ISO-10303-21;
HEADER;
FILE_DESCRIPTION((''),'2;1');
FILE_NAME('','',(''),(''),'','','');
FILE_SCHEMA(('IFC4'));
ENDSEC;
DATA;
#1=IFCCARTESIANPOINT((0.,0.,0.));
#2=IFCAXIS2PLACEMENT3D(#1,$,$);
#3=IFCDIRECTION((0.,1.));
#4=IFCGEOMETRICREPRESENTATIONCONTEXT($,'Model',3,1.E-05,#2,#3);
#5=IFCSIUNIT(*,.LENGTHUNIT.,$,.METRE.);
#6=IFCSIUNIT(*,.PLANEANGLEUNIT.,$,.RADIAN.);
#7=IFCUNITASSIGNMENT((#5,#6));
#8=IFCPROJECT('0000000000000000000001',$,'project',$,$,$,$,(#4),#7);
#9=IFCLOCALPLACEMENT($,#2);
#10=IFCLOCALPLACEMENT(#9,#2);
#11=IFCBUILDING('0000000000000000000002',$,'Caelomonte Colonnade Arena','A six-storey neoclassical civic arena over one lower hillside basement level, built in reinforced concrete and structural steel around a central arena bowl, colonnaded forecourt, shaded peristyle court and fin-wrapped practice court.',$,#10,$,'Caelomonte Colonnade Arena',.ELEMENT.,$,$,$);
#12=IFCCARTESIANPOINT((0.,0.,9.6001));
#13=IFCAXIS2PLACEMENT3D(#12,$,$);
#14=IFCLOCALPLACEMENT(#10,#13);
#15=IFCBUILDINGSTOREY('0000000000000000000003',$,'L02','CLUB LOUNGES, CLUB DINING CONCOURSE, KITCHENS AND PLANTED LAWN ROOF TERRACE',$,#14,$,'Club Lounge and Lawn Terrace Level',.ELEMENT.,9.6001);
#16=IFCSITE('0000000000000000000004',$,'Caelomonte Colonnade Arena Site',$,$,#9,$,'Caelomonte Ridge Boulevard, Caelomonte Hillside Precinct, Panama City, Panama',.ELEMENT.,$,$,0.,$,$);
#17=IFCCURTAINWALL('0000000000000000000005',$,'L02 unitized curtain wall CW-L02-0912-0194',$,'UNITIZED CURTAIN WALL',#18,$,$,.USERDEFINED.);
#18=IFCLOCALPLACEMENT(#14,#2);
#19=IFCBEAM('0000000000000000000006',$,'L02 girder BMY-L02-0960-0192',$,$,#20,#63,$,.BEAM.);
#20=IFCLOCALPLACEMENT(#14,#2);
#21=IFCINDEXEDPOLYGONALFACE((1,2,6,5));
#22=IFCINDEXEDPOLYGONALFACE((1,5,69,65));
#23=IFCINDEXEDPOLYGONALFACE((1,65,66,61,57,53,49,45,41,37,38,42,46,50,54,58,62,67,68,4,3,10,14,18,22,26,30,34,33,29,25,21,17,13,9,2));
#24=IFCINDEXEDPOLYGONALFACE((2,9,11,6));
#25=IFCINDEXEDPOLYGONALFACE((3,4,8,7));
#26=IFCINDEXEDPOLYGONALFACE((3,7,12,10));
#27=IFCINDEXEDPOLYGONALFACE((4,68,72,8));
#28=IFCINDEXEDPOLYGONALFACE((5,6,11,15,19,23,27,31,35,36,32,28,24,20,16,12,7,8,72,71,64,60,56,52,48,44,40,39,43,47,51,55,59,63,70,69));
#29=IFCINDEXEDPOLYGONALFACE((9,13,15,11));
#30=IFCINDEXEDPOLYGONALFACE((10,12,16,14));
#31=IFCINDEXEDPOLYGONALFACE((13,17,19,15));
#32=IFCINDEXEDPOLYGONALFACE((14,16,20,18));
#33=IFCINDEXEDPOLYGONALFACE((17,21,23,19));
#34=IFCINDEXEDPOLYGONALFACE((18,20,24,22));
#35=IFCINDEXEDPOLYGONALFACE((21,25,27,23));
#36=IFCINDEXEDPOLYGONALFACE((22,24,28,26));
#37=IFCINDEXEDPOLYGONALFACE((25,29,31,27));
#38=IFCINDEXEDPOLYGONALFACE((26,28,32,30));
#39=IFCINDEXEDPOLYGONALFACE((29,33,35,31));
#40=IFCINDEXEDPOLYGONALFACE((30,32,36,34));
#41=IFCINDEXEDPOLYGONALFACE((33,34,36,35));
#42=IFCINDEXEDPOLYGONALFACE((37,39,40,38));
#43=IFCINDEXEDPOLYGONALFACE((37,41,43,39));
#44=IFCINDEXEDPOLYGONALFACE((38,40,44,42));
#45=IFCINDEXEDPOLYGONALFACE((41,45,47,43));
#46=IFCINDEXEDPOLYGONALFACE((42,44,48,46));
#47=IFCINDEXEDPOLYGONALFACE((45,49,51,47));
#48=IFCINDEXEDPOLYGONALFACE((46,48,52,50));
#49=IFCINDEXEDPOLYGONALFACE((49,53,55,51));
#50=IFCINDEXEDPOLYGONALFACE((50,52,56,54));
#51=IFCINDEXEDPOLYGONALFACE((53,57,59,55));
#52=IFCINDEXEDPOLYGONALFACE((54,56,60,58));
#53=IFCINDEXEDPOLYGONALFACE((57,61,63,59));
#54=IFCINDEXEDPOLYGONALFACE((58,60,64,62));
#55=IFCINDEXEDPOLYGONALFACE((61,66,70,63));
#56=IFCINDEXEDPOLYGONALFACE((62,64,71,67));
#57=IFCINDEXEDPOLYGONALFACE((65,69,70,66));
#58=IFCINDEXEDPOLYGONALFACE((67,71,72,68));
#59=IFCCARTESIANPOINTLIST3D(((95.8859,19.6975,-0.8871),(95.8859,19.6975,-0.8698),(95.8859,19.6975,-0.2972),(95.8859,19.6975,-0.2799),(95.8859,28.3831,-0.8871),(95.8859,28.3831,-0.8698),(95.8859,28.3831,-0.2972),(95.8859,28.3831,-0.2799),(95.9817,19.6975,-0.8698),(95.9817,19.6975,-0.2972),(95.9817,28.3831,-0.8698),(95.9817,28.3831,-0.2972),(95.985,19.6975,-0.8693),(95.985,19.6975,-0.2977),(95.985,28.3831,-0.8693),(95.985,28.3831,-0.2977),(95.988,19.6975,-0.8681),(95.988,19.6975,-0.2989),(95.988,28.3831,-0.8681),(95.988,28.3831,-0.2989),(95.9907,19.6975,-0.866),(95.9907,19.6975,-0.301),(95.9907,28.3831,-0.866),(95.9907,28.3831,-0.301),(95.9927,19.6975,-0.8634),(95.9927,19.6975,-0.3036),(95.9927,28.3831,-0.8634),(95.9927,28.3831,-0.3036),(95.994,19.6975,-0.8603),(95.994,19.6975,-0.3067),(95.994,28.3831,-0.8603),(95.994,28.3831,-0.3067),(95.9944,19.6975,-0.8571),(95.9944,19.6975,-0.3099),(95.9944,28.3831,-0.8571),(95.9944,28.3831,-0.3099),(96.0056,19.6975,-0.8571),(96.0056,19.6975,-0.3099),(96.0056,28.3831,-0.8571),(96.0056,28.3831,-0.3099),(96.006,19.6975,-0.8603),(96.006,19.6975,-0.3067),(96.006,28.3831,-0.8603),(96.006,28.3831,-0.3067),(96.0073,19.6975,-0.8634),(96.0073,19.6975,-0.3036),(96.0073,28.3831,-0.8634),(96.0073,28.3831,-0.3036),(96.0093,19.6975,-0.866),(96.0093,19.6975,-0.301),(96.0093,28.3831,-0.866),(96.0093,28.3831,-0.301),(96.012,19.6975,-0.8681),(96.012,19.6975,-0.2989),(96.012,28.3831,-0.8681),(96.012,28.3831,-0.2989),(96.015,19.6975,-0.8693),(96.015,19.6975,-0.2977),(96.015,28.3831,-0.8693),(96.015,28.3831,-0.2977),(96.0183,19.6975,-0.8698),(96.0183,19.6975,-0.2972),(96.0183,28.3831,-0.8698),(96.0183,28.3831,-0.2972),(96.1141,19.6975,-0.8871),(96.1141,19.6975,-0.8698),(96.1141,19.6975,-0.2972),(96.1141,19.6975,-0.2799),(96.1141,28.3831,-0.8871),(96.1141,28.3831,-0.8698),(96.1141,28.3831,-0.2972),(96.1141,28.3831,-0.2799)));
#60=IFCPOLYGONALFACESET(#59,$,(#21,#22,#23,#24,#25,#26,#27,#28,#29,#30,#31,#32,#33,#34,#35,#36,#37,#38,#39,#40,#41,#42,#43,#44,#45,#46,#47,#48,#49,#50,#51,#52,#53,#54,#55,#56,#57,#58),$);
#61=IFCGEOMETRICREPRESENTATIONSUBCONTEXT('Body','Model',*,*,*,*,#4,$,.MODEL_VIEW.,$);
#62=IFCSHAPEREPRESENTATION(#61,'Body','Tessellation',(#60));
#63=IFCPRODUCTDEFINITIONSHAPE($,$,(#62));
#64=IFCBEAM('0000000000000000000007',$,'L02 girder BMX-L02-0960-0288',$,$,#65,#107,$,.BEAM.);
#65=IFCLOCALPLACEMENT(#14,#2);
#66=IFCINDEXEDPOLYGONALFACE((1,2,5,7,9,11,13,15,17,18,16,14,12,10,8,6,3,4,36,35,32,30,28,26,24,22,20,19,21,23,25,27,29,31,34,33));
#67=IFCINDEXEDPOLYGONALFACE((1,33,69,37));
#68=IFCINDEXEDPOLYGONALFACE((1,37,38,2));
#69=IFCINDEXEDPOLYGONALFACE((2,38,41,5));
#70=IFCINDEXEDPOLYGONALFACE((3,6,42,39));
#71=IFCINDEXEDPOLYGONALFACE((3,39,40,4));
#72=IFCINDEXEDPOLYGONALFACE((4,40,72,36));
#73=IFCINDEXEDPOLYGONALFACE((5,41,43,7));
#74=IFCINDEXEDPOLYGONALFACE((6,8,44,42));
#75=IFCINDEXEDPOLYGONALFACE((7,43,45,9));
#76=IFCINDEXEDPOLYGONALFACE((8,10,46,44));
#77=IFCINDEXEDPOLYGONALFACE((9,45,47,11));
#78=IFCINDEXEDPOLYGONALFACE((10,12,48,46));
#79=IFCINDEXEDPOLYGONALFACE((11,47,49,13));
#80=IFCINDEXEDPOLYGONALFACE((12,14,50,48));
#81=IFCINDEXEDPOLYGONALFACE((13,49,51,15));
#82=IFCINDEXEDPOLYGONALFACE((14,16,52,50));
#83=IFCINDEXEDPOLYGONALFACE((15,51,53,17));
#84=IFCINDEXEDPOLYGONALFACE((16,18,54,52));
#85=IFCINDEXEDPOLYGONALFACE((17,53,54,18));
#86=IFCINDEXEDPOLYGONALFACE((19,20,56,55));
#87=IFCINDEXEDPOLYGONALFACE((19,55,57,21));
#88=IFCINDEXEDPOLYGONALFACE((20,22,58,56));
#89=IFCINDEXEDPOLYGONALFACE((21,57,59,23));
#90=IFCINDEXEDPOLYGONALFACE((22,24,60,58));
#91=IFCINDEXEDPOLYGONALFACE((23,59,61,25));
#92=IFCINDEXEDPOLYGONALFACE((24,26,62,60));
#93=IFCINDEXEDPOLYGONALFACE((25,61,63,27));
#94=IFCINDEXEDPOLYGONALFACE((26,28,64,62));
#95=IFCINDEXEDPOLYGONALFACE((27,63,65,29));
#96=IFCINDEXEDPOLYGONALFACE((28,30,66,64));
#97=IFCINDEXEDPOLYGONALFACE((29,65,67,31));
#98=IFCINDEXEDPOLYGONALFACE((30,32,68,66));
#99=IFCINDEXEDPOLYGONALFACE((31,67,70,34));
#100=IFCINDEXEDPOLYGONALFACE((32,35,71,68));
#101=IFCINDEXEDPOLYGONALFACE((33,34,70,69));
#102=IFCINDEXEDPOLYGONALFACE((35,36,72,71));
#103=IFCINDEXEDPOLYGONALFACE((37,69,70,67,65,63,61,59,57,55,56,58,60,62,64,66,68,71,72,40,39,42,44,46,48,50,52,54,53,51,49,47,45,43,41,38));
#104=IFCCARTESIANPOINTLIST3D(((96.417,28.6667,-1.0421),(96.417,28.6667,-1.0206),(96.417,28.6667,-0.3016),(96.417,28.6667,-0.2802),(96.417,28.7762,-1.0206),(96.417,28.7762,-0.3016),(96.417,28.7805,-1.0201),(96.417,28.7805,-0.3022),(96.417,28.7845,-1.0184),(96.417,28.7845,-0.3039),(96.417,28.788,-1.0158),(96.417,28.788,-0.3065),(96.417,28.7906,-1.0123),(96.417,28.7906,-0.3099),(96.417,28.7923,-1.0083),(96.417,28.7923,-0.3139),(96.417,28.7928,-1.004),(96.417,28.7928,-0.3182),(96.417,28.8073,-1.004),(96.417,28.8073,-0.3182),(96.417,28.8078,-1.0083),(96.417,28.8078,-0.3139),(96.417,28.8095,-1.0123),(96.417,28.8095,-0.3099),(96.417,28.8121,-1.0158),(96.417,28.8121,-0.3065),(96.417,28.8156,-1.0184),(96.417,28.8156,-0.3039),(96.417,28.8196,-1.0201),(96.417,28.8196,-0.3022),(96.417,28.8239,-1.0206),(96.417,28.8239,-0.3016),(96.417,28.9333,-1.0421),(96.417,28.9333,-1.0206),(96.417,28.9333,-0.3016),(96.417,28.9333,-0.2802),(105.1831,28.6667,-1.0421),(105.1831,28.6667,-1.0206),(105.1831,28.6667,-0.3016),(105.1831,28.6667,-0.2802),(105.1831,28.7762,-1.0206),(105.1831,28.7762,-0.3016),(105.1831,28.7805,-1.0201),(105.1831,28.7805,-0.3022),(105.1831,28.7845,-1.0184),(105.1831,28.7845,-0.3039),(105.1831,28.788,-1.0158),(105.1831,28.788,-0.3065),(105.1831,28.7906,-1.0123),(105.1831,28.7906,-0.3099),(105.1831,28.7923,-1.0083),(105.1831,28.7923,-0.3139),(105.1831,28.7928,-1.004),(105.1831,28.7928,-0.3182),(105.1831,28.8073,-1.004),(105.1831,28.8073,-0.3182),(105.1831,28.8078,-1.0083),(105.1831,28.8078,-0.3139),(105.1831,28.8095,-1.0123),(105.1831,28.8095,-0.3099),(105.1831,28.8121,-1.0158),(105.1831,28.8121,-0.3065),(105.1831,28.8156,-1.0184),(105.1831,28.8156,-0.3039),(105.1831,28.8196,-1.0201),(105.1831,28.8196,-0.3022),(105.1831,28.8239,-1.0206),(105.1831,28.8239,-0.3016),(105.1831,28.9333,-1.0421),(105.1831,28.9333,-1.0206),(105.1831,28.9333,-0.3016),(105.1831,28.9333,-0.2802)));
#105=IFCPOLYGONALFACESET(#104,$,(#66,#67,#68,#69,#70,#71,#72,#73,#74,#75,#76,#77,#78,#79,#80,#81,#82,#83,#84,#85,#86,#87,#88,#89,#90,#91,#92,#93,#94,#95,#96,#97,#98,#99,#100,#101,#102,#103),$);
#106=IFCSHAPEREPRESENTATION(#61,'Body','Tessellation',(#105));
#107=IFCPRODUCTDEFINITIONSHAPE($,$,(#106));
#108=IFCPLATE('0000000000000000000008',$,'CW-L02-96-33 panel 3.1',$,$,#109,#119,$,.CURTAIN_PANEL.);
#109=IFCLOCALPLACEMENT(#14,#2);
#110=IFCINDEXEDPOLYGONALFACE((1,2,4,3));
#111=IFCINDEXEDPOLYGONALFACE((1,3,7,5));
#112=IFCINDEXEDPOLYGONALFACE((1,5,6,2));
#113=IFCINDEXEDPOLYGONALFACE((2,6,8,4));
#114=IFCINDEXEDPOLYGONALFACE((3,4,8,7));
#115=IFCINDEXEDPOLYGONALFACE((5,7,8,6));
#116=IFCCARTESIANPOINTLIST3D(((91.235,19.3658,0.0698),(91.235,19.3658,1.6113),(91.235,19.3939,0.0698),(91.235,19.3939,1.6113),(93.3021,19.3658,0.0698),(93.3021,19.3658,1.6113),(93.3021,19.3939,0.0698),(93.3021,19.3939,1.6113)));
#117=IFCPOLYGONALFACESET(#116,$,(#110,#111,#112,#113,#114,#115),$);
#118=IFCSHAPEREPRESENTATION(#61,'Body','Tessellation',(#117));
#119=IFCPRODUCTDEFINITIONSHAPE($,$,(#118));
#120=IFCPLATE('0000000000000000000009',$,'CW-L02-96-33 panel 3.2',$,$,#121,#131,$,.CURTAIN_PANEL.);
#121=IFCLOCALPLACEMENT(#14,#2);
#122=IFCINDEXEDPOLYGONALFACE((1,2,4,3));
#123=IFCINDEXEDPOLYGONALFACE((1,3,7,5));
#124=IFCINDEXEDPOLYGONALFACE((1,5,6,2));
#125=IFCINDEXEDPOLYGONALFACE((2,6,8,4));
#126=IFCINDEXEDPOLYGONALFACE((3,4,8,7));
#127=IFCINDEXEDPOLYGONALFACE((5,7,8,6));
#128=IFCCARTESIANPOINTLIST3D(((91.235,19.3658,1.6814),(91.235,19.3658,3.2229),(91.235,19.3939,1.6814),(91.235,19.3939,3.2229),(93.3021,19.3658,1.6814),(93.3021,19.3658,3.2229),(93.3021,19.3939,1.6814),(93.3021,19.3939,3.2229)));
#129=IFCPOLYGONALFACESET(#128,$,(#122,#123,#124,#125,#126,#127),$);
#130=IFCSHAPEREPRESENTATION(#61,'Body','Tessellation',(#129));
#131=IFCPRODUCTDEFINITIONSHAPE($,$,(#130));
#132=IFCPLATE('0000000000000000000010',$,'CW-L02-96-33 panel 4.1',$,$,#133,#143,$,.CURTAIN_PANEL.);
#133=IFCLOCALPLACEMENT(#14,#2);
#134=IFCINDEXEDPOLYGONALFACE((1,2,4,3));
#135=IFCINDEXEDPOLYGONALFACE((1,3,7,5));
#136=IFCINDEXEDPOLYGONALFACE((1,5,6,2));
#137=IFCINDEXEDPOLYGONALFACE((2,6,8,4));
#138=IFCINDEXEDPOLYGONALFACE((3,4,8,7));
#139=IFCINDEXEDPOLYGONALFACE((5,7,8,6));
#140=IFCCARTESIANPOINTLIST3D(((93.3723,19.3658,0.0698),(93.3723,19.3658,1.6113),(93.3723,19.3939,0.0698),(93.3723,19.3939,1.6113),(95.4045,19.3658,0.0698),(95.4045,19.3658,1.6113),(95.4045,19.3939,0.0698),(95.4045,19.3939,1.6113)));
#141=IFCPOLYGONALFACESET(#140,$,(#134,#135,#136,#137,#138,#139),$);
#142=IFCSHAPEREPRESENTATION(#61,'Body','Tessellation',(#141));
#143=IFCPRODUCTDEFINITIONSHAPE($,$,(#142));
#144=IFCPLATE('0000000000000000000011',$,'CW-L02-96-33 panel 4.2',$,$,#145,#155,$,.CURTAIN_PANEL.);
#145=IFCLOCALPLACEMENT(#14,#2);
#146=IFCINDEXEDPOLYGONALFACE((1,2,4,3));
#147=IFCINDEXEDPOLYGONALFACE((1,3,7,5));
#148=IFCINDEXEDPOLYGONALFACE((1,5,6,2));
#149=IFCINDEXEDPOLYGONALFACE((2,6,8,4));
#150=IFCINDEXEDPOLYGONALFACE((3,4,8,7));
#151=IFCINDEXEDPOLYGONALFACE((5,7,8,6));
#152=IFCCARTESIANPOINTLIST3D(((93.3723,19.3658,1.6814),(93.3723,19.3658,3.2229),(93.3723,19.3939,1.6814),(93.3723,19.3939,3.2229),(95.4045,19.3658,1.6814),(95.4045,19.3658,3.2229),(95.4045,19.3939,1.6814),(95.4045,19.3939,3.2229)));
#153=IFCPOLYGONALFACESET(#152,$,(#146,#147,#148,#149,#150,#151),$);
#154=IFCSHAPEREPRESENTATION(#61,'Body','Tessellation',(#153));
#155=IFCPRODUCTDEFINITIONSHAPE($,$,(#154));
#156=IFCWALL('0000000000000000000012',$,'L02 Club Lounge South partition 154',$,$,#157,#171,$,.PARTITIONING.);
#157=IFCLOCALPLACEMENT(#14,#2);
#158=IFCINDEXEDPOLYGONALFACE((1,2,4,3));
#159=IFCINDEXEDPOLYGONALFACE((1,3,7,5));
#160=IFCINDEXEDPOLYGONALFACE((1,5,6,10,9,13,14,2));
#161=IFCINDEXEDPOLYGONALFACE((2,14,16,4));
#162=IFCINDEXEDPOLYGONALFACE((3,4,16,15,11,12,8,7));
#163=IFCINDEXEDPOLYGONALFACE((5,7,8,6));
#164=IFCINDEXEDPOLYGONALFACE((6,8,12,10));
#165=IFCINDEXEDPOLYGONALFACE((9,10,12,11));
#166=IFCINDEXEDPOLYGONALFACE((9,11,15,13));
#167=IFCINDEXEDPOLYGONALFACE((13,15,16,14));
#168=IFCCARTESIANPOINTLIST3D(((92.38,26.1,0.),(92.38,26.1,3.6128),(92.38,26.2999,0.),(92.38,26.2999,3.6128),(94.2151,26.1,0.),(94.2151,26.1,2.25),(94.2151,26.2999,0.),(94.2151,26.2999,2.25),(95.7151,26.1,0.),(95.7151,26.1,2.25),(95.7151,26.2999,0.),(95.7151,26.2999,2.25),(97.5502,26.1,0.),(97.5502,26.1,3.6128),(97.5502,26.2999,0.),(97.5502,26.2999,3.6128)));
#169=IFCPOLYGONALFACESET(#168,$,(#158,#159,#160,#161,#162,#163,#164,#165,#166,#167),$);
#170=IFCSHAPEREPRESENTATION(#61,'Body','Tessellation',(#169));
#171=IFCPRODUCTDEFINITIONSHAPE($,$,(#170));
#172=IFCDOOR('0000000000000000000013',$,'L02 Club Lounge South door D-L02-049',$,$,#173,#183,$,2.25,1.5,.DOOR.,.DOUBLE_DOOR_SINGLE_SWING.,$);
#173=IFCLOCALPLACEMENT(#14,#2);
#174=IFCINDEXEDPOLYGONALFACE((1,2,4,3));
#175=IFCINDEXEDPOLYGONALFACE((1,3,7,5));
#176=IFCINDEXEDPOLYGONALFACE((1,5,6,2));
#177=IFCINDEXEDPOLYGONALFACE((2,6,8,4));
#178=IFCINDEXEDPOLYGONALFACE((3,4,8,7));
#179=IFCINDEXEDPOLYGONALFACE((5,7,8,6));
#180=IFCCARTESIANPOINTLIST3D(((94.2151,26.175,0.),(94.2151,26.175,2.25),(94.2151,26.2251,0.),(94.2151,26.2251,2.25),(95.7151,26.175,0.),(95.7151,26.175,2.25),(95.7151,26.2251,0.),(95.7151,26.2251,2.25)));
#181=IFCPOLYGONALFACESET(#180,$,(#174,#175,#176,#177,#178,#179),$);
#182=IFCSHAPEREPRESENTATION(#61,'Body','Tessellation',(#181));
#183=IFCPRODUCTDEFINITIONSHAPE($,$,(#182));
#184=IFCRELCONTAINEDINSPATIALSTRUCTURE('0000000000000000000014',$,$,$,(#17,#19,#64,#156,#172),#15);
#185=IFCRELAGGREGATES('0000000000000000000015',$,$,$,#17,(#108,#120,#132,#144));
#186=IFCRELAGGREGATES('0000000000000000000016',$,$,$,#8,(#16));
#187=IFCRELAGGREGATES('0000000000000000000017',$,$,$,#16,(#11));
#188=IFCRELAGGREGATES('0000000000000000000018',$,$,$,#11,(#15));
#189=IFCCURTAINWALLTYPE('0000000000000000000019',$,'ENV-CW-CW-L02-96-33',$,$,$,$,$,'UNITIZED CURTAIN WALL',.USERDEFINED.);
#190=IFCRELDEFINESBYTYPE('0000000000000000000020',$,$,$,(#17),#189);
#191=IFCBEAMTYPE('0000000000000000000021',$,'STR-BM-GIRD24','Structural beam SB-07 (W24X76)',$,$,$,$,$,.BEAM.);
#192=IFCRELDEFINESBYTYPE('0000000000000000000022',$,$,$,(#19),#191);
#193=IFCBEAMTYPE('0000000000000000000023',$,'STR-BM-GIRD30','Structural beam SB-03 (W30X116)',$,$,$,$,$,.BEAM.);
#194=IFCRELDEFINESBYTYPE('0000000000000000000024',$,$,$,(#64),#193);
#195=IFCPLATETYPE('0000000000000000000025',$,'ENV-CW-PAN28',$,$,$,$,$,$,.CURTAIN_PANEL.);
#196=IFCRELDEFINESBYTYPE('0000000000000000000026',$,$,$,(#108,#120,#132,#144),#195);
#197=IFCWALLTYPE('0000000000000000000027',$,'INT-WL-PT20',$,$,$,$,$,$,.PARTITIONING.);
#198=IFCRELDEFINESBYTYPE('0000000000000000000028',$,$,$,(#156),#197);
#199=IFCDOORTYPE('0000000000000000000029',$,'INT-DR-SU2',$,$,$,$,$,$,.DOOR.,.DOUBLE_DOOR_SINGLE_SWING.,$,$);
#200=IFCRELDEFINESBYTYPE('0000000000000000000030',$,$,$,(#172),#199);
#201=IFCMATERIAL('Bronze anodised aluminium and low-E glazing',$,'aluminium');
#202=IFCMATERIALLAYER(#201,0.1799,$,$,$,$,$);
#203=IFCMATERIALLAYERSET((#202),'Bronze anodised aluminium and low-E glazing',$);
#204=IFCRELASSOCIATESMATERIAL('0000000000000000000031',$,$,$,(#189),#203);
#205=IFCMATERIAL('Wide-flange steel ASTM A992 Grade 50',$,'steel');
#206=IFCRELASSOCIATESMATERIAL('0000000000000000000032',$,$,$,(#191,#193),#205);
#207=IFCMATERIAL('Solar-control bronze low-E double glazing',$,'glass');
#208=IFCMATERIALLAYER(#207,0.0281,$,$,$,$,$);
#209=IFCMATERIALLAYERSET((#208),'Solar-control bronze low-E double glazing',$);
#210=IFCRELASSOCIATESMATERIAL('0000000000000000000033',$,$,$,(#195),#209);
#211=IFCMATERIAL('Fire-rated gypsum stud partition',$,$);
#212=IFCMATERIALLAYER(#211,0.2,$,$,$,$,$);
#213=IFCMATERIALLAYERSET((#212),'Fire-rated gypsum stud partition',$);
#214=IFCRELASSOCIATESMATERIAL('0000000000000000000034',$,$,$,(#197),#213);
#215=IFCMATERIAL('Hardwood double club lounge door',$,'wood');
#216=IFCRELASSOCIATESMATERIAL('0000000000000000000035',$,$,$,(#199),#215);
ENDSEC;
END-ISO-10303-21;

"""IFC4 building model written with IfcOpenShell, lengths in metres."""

from ifc_helpers import new_model, si_unit, direction, frame, frame_2d, origin, origin_2d, place, context, subcontext, project, spatial, rectangle, i_section, extrude, material, layer, layer_set, material_profile, profile_set, type_object, element, fill, aggregate, save


model = new_model("IFC4")

# Units and contexts
model_context = context("Model", 3, precision=1e-05, world=origin(), true_north=direction((0.0, 1.0)))
body_context = subcontext(model_context, "Body", "Model", "MODEL_VIEW")
ifc_project = project(units=[si_unit("LENGTHUNIT", "METRE"), si_unit("PLANEANGLEUNIT", "RADIAN")], contexts=[model_context])

# Site, building, storey
site_placement = place(None, origin())
site = spatial("IfcSite", under=ifc_project, at=site_placement, Name="Caelomonte Colonnade Arena Site", LongName="Caelomonte Ridge Boulevard, Caelomonte Hillside Precinct, Panama City, Panama", CompositionType="ELEMENT", RefElevation=0.0)
building_placement = place(site_placement, origin())
building = spatial("IfcBuilding", under=site, at=building_placement, Name="Caelomonte Colonnade Arena", Description="A six-storey neoclassical civic arena over one lower hillside basement level, built in reinforced concrete and structural steel around a central arena bowl, colonnaded forecourt, shaded peristyle court and fin-wrapped practice court.", LongName="Caelomonte Colonnade Arena", CompositionType="ELEMENT")
storey_placement = place(building_placement, frame((0.0, 0.0, 9.6001)))
storey = spatial("IfcBuildingStorey", under=building, at=storey_placement, Name="L02", Description="CLUB LOUNGES, CLUB DINING CONCOURSE, KITCHENS AND PLANTED LAWN ROOF TERRACE", LongName="Club Lounge and Lawn Terrace Level", CompositionType="ELEMENT", Elevation=9.6001)

# Curtain wall
ifc_material_1 = material(Name="Bronze anodised aluminium and low-E glazing", Category="aluminium")
ifc_layer_1 = layer(ifc_material_1, 0.1799)
ifc_layer_set_1 = layer_set([ifc_layer_1], Name="Bronze anodised aluminium and low-E glazing")
curtain_wall_type = type_object("IfcCurtainWallType", Name="ENV-CW-CW-L02-96-33", ElementType="UNITIZED CURTAIN WALL", PredefinedType="USERDEFINED", material=ifc_layer_set_1)
curtain_wall_1_placement = place(storey_placement, origin())
curtain_wall_1 = element("IfcCurtainWall", 1, at=curtain_wall_1_placement, inside=storey, type_object=curtain_wall_type, Name="L02 unitized curtain wall CW-L02-0912-0194", ObjectType="UNITIZED CURTAIN WALL", PredefinedType="USERDEFINED")

# Beams
ifc_material_2 = material(Name="Wide-flange steel ASTM A992 Grade 50", Category="steel")
ifc_material_profile_1 = material_profile(ifc_material_2, i_section(OverallWidth=0.2283, OverallDepth=0.6072, WebThickness=0.0112, FlangeThickness=0.0173, FilletRadius=0.0127, at=origin_2d()), Name="W24X76")
ifc_profile_set_1 = profile_set([ifc_material_profile_1], Name="Wide-flange steel ASTM A992 Grade 50")
beam_type_1 = type_object("IfcBeamType", Name="STR-BM-GIRD24", Description="Structural beam SB-07 (W24X76)", PredefinedType="BEAM", material=ifc_profile_set_1)
beam_1_placement = place(storey_placement, frame((96.0, 19.6975, -0.5835), z_axis=(0.0, 1.0, 0.0), x_axis=(-1.0, 0.0, 0.0)))
element("IfcBeam", 2, at=beam_1_placement, inside=storey, type_object=beam_type_1, Name="L02 girder BMY-L02-0960-0192", PredefinedType="BEAM", context=body_context, shape_type="SweptSolid", body=[
    extrude(i_section(OverallWidth=0.2283, OverallDepth=0.6072, WebThickness=0.0112, FlangeThickness=0.0173, FilletRadius=0.0127, at=origin_2d()), origin(), (0.0, 0.0, 1.0), 8.6855),
])
ifc_material_profile_2 = material_profile(ifc_material_2, i_section(OverallWidth=0.2666, OverallDepth=0.762, WebThickness=0.0144, FlangeThickness=0.0215, FilletRadius=0.0166, at=origin_2d()), Name="W30X116")
ifc_profile_set_2 = profile_set([ifc_material_profile_2], Name="Wide-flange steel ASTM A992 Grade 50")
beam_type_2 = type_object("IfcBeamType", Name="STR-BM-GIRD30", Description="Structural beam SB-03 (W30X116)", PredefinedType="BEAM", material=ifc_profile_set_2)
beam_2_placement = place(storey_placement, frame((96.417, 28.8, -0.6611), z_axis=(1.0, 0.0, 0.0), x_axis=(0.0, 1.0, 0.0)))
element("IfcBeam", 3, at=beam_2_placement, inside=storey, type_object=beam_type_2, Name="L02 girder BMX-L02-0960-0288", PredefinedType="BEAM", context=body_context, shape_type="SweptSolid", body=[
    extrude(i_section(OverallWidth=0.2666, OverallDepth=0.762, WebThickness=0.0144, FlangeThickness=0.0215, FilletRadius=0.0166, at=origin_2d()), origin(), (0.0, 0.0, 1.0), 8.7661),
])

# Plates
ifc_material_3 = material(Name="Solar-control bronze low-E double glazing", Category="glass")
ifc_layer_2 = layer(ifc_material_3, 0.0281)
ifc_layer_set_2 = layer_set([ifc_layer_2], Name="Solar-control bronze low-E double glazing")
plate_type = type_object("IfcPlateType", Name="ENV-CW-PAN28", PredefinedType="CURTAIN_PANEL", material=ifc_layer_set_2)
plate_1_placement = place(storey_placement, frame((92.2686, 19.3799, 0.0698), z_axis=(0.0, 0.0, 1.0), x_axis=(1.0, 0.0, 0.0)))
plate_1 = element("IfcPlate", 4, at=plate_1_placement, type_object=plate_type, Name="CW-L02-96-33 panel 3.1", PredefinedType="CURTAIN_PANEL", context=body_context, shape_type="SweptSolid", body=[
    extrude(rectangle(XDim=2.0671, YDim=0.0281, at=origin_2d()), origin(), (0.0, 0.0, 1.0), 1.5415),
])
plate_2_placement = place(storey_placement, frame((92.2686, 19.3799, 1.6814), z_axis=(0.0, 0.0, 1.0), x_axis=(1.0, 0.0, 0.0)))
plate_2 = element("IfcPlate", 5, at=plate_2_placement, type_object=plate_type, Name="CW-L02-96-33 panel 3.2", PredefinedType="CURTAIN_PANEL", context=body_context, shape_type="SweptSolid", body=[
    extrude(rectangle(XDim=2.0671, YDim=0.0281, at=origin_2d()), origin(), (0.0, 0.0, 1.0), 1.5415),
])
plate_3_placement = place(storey_placement, frame((94.3884, 19.3799, 0.0698), z_axis=(0.0, 0.0, 1.0), x_axis=(1.0, 0.0, 0.0)))
plate_3 = element("IfcPlate", 6, at=plate_3_placement, type_object=plate_type, Name="CW-L02-96-33 panel 4.1", PredefinedType="CURTAIN_PANEL", context=body_context, shape_type="SweptSolid", body=[
    extrude(rectangle(XDim=2.0322, YDim=0.0281, at=origin_2d()), origin(), (0.0, 0.0, 1.0), 1.5415),
])
plate_4_placement = place(storey_placement, frame((94.3884, 19.3799, 1.6814), z_axis=(0.0, 0.0, 1.0), x_axis=(1.0, 0.0, 0.0)))
plate_4 = element("IfcPlate", 7, at=plate_4_placement, type_object=plate_type, Name="CW-L02-96-33 panel 4.2", PredefinedType="CURTAIN_PANEL", context=body_context, shape_type="SweptSolid", body=[
    extrude(rectangle(XDim=2.0322, YDim=0.0281, at=origin_2d()), origin(), (0.0, 0.0, 1.0), 1.5415),
])
aggregate(curtain_wall_1, [plate_1, plate_2, plate_3, plate_4])

# Wall, opening, door
ifc_material_4 = material(Name="Fire-rated gypsum stud partition")
ifc_layer_3 = layer(ifc_material_4, 0.2)
ifc_layer_set_3 = layer_set([ifc_layer_3], Name="Fire-rated gypsum stud partition")
wall_type_1 = type_object("IfcWallType", Name="INT-WL-PT20", PredefinedType="PARTITIONING", material=ifc_layer_set_3)
wall_1_placement = place(storey_placement, frame((97.55, 26.2, 0.0), z_axis=(0.0, 0.0, 1.0), x_axis=(-1.0, 0.0, 0.0)))
wall_1 = element("IfcWall", 8, at=wall_1_placement, inside=storey, type_object=wall_type_1, Name="L02 Club Lounge South partition 154", PredefinedType="PARTITIONING", context=body_context, shape_type="SweptSolid", body=[
    extrude(rectangle(XDim=5.1702, YDim=0.2, at=frame_2d((2.585, 0.0))), origin(), (0.0, 0.0, 1.0), 3.6128),
])
opening_placement = place(wall_1_placement, frame((1.835, 0.0, 0.0), z_axis=(0.0, 0.0, 1.0), x_axis=(1.0, 0.0, 0.0)))
opening = element("IfcOpeningElement", 9, at=opening_placement, cuts=wall_1, PredefinedType="OPENING", context=body_context, shape_type="SweptSolid", body=[
    extrude(rectangle(XDim=1.5, YDim=2.25, at=frame_2d((0.75, 1.125))), frame((0.0, 0.1099, 0.0), z_axis=(0.0, -1.0, 0.0), x_axis=(1.0, 0.0, 0.0)), (0.0, 0.0, 1.0), 0.22),
])
ifc_material_5 = material(Name="Hardwood double club lounge door", Category="wood")
door_type = type_object("IfcDoorType", Name="INT-DR-SU2", OperationType="DOUBLE_DOOR_SINGLE_SWING", PredefinedType="DOOR", material=ifc_material_5)
door_placement = place(opening_placement, origin())
door = element("IfcDoor", 10, at=door_placement, inside=storey, type_object=door_type, Name="L02 Club Lounge South door D-L02-049", OperationType="DOUBLE_DOOR_SINGLE_SWING", OverallHeight=2.25, OverallWidth=1.5, PredefinedType="DOOR", context=body_context, shape_type="SweptSolid", body=[
    extrude(rectangle(XDim=1.5, YDim=2.25, at=frame_2d((0.75, 1.125))), frame((0.0, 0.0249, 0.0), z_axis=(0.0, -1.0, 0.0), x_axis=(1.0, 0.0, 0.0)), (0.0, 0.0, 1.0), 0.05),
])
fill(opening, door)

save(model, "model.ifc")
